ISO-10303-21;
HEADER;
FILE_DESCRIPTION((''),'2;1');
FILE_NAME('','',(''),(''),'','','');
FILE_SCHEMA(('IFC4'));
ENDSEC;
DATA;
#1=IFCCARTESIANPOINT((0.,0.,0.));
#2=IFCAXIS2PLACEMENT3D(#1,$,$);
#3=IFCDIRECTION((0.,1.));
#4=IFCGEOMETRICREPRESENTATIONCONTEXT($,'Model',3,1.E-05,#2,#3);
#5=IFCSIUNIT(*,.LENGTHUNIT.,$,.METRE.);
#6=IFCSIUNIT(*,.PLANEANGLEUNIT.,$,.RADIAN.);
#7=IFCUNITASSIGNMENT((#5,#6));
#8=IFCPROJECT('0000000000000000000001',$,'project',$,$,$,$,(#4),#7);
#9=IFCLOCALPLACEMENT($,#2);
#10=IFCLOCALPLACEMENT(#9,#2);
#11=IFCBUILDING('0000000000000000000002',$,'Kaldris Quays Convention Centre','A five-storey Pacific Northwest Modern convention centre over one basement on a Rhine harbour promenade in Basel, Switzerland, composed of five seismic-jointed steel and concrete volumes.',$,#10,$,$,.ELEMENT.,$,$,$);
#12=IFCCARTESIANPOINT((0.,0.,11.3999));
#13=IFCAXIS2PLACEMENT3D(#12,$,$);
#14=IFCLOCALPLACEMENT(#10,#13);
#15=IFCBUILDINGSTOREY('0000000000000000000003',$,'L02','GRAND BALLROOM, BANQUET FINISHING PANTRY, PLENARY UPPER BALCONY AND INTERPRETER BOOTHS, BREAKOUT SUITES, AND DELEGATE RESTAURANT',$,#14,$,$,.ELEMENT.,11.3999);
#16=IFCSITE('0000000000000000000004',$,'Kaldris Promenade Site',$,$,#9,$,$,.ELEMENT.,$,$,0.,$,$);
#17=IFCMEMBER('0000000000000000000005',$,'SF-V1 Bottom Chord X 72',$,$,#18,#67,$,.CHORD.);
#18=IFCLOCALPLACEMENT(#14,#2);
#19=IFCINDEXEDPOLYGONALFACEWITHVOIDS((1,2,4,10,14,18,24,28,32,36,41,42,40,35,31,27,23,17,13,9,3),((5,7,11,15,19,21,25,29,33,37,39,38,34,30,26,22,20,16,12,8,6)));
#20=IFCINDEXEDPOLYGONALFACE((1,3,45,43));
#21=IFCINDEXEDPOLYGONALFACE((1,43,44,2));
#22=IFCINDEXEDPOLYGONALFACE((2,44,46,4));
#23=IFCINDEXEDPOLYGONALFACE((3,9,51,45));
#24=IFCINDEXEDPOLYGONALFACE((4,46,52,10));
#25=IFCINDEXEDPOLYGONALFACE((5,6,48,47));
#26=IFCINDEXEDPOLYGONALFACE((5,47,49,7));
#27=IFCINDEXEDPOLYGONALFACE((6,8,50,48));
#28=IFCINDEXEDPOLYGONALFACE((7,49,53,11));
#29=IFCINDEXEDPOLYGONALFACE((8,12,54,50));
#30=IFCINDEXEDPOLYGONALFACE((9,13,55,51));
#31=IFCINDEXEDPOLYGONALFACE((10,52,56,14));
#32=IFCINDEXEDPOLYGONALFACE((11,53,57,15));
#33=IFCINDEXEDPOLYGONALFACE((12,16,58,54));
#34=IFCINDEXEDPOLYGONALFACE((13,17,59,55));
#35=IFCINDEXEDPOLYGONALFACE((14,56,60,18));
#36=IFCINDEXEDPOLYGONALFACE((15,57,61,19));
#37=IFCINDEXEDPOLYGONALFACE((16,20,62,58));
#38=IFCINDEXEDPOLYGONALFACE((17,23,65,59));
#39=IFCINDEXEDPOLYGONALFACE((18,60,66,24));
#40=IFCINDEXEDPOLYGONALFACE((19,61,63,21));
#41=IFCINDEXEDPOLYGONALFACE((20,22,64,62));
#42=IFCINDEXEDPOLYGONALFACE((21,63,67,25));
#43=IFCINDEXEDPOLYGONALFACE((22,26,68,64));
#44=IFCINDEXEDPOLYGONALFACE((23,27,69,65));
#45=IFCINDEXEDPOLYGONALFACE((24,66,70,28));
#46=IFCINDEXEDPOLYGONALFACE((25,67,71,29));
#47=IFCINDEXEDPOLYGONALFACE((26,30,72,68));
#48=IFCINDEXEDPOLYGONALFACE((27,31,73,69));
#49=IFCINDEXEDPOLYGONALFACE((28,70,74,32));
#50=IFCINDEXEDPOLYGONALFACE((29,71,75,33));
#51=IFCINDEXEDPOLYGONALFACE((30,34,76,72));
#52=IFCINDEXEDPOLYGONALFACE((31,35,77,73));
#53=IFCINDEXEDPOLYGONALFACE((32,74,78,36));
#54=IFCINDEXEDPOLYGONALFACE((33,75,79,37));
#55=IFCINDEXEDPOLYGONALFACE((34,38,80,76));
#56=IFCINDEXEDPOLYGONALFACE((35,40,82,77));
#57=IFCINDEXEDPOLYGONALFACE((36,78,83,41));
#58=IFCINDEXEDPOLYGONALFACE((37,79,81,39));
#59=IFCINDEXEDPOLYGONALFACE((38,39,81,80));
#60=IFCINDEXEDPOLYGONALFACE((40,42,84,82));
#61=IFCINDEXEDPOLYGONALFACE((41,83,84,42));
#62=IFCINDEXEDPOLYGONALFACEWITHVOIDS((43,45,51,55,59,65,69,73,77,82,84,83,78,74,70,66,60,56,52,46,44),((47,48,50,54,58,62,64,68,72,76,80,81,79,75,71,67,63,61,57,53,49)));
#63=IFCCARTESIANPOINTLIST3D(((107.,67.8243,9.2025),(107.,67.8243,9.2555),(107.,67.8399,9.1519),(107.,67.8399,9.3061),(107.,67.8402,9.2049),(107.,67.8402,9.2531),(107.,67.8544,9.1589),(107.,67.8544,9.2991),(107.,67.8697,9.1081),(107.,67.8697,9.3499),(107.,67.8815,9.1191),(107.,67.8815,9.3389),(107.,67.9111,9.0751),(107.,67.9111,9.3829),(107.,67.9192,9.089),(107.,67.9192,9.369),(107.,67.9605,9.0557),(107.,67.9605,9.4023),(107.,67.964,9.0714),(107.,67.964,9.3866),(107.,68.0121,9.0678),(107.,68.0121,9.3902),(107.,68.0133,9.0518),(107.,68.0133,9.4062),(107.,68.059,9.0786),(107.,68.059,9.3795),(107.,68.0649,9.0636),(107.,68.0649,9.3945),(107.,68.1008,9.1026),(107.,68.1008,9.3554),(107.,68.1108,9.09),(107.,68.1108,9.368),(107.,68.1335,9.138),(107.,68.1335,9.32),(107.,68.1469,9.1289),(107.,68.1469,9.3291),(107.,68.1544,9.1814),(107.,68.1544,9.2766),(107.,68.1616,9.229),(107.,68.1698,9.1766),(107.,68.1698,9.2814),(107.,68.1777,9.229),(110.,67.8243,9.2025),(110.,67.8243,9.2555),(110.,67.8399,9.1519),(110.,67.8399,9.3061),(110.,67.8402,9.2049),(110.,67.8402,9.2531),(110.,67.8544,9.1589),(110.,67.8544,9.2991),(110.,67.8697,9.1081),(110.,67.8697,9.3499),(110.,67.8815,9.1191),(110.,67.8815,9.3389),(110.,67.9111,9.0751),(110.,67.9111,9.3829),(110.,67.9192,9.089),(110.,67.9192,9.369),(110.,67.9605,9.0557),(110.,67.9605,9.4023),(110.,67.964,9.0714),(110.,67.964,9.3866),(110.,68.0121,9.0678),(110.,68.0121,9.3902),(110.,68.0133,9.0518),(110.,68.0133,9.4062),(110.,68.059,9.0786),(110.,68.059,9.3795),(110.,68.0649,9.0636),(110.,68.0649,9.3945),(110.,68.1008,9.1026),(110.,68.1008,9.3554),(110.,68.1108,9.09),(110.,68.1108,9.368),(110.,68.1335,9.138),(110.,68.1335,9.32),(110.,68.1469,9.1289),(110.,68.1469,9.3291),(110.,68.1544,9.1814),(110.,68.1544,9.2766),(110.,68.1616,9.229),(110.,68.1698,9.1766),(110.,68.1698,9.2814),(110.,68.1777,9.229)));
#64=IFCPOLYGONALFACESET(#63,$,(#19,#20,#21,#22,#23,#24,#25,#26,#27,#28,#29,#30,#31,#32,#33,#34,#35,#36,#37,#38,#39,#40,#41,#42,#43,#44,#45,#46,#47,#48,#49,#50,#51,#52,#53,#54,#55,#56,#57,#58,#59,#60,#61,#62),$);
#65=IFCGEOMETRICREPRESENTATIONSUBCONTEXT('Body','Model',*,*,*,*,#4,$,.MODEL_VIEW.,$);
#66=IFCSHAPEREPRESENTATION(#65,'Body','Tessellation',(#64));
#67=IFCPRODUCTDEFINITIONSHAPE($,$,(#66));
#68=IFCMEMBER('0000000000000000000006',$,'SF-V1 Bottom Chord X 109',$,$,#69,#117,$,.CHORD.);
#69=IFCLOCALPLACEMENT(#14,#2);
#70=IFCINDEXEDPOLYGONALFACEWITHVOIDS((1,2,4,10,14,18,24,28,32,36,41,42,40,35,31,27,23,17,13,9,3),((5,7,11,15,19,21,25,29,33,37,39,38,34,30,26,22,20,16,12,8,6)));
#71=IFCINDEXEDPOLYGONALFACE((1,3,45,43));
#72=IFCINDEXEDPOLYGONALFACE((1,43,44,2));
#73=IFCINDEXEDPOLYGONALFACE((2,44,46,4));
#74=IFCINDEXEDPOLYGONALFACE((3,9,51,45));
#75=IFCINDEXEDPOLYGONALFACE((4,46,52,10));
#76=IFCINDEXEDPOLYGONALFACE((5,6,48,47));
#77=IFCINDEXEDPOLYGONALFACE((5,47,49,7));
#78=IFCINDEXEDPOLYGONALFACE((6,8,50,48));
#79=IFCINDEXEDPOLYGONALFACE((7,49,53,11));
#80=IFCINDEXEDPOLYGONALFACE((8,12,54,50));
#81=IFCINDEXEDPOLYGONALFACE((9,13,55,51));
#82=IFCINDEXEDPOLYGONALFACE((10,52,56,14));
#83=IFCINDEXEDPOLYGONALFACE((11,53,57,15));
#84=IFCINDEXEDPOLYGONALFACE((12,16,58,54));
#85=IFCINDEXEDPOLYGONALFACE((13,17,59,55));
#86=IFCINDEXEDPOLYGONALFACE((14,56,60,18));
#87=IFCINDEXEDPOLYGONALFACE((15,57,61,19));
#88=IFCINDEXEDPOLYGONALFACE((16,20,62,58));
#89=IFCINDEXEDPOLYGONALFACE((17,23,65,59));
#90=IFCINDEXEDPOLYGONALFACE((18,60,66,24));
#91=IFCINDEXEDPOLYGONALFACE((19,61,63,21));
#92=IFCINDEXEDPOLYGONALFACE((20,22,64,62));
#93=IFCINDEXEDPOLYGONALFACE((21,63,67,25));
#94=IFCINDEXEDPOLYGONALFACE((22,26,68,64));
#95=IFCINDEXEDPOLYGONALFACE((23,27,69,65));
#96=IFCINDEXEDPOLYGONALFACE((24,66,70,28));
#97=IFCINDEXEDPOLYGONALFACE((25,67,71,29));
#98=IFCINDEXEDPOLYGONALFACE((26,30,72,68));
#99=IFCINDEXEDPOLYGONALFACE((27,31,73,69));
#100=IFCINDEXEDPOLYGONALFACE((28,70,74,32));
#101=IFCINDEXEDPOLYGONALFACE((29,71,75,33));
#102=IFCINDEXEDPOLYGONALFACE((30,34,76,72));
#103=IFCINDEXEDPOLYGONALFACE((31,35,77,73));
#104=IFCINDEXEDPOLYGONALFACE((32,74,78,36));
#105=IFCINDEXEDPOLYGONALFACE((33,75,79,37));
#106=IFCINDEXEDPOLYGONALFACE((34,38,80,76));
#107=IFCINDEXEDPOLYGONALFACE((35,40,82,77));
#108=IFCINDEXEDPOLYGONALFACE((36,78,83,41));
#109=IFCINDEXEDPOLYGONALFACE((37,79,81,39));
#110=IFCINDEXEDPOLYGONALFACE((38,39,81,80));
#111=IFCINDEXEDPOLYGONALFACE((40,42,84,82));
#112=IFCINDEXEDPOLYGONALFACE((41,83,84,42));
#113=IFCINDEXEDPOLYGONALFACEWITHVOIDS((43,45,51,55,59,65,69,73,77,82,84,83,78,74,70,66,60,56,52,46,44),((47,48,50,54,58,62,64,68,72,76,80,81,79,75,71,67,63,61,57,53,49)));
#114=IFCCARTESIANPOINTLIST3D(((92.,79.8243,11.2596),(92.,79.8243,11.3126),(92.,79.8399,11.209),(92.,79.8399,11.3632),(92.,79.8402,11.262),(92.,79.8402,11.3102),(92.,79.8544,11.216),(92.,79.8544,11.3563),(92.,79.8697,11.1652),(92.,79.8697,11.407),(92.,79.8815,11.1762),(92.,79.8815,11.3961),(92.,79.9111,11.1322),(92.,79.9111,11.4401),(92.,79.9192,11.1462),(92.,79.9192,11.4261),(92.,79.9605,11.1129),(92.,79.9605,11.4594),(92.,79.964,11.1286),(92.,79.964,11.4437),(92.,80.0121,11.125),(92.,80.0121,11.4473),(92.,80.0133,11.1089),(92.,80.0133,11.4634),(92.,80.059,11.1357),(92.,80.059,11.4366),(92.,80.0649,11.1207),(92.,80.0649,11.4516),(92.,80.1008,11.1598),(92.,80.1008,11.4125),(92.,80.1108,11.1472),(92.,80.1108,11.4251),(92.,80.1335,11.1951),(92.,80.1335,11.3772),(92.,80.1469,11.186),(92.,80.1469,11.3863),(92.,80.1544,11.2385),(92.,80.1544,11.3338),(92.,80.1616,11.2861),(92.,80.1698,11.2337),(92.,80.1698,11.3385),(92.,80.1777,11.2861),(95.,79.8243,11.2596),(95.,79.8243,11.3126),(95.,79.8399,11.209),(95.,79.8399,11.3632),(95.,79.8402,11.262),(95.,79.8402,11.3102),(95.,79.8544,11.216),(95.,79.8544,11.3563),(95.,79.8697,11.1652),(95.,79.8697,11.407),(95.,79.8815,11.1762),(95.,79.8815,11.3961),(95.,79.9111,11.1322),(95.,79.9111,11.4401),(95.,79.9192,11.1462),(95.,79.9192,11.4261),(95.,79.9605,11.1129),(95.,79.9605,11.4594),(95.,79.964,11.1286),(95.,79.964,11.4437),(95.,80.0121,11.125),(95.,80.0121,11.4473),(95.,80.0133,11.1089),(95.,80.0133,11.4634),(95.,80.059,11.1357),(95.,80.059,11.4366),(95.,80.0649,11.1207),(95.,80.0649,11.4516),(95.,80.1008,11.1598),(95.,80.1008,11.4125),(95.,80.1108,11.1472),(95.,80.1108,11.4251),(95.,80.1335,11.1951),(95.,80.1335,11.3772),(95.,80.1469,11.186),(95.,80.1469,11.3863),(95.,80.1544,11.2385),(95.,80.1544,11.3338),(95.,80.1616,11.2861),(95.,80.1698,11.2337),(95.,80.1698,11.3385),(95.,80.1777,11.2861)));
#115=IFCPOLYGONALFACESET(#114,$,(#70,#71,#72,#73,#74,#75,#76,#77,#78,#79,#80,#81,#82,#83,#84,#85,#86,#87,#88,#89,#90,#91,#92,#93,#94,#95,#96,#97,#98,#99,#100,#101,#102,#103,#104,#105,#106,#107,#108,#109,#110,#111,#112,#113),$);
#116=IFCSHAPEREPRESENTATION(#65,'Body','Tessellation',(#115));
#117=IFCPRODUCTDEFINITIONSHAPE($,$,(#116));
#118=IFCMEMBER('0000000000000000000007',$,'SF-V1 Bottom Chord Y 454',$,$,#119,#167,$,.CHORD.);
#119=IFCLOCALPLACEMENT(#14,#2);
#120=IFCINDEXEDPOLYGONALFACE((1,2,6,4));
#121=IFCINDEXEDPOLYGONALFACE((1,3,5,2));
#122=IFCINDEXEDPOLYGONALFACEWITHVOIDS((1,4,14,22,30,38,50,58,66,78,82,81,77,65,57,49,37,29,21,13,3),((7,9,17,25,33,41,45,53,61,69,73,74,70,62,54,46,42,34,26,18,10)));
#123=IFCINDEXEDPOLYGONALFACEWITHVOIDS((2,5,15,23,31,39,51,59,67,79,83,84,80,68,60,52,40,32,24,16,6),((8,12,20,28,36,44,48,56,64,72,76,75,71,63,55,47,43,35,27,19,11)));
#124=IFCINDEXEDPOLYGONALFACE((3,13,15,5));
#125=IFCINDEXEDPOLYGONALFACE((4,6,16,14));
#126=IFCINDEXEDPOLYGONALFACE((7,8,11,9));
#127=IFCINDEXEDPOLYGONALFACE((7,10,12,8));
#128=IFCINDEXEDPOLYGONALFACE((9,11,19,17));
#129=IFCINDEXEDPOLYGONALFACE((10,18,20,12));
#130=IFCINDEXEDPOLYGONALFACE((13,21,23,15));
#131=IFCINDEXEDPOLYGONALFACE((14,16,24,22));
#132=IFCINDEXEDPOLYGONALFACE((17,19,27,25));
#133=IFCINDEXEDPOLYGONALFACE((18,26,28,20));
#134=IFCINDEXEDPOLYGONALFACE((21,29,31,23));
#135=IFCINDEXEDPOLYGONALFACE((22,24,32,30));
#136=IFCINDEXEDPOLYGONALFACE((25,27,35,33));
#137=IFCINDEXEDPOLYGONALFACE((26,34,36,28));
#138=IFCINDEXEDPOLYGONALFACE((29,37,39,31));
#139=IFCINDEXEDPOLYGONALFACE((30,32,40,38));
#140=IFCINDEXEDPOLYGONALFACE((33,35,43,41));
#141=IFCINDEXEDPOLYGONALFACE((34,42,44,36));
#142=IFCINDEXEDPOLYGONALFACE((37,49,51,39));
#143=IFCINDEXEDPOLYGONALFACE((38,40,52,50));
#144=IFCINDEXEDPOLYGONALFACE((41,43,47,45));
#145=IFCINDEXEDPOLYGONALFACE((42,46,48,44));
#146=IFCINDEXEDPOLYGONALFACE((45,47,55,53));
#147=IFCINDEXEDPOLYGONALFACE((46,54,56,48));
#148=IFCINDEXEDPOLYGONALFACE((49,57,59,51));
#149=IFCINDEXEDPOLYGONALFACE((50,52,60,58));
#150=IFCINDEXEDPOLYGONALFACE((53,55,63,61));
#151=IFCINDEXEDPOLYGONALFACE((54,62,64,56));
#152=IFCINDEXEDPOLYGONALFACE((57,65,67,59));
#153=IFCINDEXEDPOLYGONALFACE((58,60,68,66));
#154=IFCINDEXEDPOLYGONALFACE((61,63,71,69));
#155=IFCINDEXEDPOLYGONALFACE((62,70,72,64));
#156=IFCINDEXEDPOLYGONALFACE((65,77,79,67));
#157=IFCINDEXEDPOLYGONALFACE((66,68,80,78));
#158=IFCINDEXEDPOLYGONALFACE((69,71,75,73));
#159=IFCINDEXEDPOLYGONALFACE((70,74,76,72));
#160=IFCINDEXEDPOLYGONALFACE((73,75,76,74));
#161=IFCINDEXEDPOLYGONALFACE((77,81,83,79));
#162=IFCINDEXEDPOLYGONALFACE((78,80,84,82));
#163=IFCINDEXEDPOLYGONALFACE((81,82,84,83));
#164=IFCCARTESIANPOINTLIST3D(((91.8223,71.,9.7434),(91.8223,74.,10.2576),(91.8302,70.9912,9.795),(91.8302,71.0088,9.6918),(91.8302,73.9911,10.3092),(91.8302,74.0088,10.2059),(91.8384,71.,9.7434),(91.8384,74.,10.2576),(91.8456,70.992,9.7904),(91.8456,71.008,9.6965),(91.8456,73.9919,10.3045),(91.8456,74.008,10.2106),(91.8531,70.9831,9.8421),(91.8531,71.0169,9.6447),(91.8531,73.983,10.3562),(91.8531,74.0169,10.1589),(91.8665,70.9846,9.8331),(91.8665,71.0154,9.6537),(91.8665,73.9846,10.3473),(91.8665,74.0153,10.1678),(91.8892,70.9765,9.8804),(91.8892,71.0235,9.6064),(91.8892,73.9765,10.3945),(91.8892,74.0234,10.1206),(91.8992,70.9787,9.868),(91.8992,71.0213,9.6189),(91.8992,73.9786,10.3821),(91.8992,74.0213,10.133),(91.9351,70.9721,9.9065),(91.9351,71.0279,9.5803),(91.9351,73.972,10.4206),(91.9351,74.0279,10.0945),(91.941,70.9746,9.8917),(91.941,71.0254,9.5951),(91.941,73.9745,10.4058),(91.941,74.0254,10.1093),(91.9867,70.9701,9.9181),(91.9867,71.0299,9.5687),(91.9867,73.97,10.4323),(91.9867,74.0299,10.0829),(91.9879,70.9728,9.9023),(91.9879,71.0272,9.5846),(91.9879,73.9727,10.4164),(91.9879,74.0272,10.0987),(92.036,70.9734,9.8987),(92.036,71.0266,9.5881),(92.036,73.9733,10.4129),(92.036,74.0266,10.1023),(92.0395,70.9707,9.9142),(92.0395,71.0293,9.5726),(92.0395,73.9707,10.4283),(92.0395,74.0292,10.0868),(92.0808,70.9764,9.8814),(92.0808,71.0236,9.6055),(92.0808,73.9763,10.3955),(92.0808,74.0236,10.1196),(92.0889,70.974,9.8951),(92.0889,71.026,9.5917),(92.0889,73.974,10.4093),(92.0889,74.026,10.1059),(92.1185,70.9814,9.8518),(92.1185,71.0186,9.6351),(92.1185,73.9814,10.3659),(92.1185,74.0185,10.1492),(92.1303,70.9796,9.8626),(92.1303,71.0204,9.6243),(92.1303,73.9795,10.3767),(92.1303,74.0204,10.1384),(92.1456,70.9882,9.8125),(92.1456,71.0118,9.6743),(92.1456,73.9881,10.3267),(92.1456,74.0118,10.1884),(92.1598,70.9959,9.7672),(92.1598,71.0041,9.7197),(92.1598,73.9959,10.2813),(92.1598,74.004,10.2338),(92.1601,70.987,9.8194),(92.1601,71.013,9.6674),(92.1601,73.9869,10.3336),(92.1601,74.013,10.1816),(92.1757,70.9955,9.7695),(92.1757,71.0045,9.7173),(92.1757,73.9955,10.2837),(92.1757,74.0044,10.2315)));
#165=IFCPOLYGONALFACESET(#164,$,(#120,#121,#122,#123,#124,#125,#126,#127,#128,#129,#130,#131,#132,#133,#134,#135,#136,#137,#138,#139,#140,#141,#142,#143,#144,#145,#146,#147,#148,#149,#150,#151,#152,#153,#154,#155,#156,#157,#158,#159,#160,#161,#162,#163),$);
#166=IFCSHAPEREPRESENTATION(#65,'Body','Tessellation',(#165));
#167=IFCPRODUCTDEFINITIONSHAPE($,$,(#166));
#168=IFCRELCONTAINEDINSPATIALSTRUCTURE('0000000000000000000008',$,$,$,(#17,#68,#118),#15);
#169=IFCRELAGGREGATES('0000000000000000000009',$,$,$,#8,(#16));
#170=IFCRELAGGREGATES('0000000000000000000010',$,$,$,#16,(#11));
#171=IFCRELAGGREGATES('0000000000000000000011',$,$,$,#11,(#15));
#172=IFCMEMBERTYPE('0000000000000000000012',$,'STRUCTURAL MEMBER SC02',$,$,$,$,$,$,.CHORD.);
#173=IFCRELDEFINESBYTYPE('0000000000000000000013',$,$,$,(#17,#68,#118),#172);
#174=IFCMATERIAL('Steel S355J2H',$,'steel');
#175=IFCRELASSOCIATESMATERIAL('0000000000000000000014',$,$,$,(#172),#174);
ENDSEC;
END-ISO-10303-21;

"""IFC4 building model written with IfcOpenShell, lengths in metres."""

from ifc_helpers import new_model, si_unit, direction, frame, origin, origin_2d, place, context, subcontext, project, spatial, hollow_circle, extrude, material, material_profile, profile_set, type_object, element, save


model = new_model("IFC4")

# Units and contexts
model_context = context("Model", 3, precision=1e-05, world=origin(), true_north=direction((0.0, 1.0)))
body_context = subcontext(model_context, "Body", "Model", "MODEL_VIEW")
ifc_project = project(units=[si_unit("LENGTHUNIT", "METRE"), si_unit("PLANEANGLEUNIT", "RADIAN")], contexts=[model_context])

# Site, building, storey
site_placement = place(None, origin())
site = spatial("IfcSite", under=ifc_project, at=site_placement, Name="Kaldris Promenade Site", CompositionType="ELEMENT", RefElevation=0.0)
building_placement = place(site_placement, origin())
building = spatial("IfcBuilding", under=site, at=building_placement, Name="Kaldris Quays Convention Centre", Description="A five-storey Pacific Northwest Modern convention centre over one basement on a Rhine harbour promenade in Basel, Switzerland, composed of five seismic-jointed steel and concrete volumes.", CompositionType="ELEMENT")
storey_placement = place(building_placement, frame((0.0, 0.0, 11.3999)))
storey = spatial("IfcBuildingStorey", under=building, at=storey_placement, Name="L02", Description="GRAND BALLROOM, BANQUET FINISHING PANTRY, PLENARY UPPER BALCONY AND INTERPRETER BOOTHS, BREAKOUT SUITES, AND DELEGATE RESTAURANT", CompositionType="ELEMENT", Elevation=11.3999)

# Members
ifc_material_1 = material(Name="Steel S355J2H", Category="steel")
ifc_material_profile_1 = material_profile(ifc_material_1, hollow_circle(Radius=0.1777, WallThickness=0.0161, at=origin_2d()), Name="CHS 355.6x16")
ifc_profile_set_1 = profile_set([ifc_material_profile_1], Name="Steel S355J2H")
member_type_1 = type_object("IfcMemberType", Name="STRUCTURAL MEMBER SC02", PredefinedType="CHORD", material=ifc_profile_set_1)
for number, where, z_axis, x_axis, name in (
    (1, (107.0, 68.0, 9.229), (1.0, 0.0, 0.0), (0.0, 1.0, 0.0), "SF-V1 Bottom Chord X 72"),
    (2, (92.0, 80.0, 11.2861), (1.0, 0.0, 0.0), (0.0, 1.0, 0.0), "SF-V1 Bottom Chord X 109"),
):
    element("IfcMember", number, at=place(storey_placement, frame(where, z_axis=z_axis, x_axis=x_axis)), inside=storey, type_object=member_type_1, Name=name, PredefinedType="CHORD", context=body_context, shape_type="SweptSolid", body=[
        extrude(hollow_circle(Radius=0.1777, WallThickness=0.0161, at=origin_2d()), origin(), (0.0, 0.0, 1.0), 3.0),
    ])
for number, where, z_axis, x_axis, name in (
    (3, (92.0, 71.0, 9.7434), (0.0, 0.985629, 0.168924), (-1.0, 0.0, 0.0), "SF-V1 Bottom Chord Y 454"),
):
    element("IfcMember", number, at=place(storey_placement, frame(where, z_axis=z_axis, x_axis=x_axis)), inside=storey, type_object=member_type_1, Name=name, PredefinedType="CHORD", context=body_context, shape_type="SweptSolid", body=[
        extrude(hollow_circle(Radius=0.1777, WallThickness=0.0161, at=origin_2d()), origin(), (0.0, 0.0, 1.0), 3.0437),
    ])

save(model, "model.ifc")
